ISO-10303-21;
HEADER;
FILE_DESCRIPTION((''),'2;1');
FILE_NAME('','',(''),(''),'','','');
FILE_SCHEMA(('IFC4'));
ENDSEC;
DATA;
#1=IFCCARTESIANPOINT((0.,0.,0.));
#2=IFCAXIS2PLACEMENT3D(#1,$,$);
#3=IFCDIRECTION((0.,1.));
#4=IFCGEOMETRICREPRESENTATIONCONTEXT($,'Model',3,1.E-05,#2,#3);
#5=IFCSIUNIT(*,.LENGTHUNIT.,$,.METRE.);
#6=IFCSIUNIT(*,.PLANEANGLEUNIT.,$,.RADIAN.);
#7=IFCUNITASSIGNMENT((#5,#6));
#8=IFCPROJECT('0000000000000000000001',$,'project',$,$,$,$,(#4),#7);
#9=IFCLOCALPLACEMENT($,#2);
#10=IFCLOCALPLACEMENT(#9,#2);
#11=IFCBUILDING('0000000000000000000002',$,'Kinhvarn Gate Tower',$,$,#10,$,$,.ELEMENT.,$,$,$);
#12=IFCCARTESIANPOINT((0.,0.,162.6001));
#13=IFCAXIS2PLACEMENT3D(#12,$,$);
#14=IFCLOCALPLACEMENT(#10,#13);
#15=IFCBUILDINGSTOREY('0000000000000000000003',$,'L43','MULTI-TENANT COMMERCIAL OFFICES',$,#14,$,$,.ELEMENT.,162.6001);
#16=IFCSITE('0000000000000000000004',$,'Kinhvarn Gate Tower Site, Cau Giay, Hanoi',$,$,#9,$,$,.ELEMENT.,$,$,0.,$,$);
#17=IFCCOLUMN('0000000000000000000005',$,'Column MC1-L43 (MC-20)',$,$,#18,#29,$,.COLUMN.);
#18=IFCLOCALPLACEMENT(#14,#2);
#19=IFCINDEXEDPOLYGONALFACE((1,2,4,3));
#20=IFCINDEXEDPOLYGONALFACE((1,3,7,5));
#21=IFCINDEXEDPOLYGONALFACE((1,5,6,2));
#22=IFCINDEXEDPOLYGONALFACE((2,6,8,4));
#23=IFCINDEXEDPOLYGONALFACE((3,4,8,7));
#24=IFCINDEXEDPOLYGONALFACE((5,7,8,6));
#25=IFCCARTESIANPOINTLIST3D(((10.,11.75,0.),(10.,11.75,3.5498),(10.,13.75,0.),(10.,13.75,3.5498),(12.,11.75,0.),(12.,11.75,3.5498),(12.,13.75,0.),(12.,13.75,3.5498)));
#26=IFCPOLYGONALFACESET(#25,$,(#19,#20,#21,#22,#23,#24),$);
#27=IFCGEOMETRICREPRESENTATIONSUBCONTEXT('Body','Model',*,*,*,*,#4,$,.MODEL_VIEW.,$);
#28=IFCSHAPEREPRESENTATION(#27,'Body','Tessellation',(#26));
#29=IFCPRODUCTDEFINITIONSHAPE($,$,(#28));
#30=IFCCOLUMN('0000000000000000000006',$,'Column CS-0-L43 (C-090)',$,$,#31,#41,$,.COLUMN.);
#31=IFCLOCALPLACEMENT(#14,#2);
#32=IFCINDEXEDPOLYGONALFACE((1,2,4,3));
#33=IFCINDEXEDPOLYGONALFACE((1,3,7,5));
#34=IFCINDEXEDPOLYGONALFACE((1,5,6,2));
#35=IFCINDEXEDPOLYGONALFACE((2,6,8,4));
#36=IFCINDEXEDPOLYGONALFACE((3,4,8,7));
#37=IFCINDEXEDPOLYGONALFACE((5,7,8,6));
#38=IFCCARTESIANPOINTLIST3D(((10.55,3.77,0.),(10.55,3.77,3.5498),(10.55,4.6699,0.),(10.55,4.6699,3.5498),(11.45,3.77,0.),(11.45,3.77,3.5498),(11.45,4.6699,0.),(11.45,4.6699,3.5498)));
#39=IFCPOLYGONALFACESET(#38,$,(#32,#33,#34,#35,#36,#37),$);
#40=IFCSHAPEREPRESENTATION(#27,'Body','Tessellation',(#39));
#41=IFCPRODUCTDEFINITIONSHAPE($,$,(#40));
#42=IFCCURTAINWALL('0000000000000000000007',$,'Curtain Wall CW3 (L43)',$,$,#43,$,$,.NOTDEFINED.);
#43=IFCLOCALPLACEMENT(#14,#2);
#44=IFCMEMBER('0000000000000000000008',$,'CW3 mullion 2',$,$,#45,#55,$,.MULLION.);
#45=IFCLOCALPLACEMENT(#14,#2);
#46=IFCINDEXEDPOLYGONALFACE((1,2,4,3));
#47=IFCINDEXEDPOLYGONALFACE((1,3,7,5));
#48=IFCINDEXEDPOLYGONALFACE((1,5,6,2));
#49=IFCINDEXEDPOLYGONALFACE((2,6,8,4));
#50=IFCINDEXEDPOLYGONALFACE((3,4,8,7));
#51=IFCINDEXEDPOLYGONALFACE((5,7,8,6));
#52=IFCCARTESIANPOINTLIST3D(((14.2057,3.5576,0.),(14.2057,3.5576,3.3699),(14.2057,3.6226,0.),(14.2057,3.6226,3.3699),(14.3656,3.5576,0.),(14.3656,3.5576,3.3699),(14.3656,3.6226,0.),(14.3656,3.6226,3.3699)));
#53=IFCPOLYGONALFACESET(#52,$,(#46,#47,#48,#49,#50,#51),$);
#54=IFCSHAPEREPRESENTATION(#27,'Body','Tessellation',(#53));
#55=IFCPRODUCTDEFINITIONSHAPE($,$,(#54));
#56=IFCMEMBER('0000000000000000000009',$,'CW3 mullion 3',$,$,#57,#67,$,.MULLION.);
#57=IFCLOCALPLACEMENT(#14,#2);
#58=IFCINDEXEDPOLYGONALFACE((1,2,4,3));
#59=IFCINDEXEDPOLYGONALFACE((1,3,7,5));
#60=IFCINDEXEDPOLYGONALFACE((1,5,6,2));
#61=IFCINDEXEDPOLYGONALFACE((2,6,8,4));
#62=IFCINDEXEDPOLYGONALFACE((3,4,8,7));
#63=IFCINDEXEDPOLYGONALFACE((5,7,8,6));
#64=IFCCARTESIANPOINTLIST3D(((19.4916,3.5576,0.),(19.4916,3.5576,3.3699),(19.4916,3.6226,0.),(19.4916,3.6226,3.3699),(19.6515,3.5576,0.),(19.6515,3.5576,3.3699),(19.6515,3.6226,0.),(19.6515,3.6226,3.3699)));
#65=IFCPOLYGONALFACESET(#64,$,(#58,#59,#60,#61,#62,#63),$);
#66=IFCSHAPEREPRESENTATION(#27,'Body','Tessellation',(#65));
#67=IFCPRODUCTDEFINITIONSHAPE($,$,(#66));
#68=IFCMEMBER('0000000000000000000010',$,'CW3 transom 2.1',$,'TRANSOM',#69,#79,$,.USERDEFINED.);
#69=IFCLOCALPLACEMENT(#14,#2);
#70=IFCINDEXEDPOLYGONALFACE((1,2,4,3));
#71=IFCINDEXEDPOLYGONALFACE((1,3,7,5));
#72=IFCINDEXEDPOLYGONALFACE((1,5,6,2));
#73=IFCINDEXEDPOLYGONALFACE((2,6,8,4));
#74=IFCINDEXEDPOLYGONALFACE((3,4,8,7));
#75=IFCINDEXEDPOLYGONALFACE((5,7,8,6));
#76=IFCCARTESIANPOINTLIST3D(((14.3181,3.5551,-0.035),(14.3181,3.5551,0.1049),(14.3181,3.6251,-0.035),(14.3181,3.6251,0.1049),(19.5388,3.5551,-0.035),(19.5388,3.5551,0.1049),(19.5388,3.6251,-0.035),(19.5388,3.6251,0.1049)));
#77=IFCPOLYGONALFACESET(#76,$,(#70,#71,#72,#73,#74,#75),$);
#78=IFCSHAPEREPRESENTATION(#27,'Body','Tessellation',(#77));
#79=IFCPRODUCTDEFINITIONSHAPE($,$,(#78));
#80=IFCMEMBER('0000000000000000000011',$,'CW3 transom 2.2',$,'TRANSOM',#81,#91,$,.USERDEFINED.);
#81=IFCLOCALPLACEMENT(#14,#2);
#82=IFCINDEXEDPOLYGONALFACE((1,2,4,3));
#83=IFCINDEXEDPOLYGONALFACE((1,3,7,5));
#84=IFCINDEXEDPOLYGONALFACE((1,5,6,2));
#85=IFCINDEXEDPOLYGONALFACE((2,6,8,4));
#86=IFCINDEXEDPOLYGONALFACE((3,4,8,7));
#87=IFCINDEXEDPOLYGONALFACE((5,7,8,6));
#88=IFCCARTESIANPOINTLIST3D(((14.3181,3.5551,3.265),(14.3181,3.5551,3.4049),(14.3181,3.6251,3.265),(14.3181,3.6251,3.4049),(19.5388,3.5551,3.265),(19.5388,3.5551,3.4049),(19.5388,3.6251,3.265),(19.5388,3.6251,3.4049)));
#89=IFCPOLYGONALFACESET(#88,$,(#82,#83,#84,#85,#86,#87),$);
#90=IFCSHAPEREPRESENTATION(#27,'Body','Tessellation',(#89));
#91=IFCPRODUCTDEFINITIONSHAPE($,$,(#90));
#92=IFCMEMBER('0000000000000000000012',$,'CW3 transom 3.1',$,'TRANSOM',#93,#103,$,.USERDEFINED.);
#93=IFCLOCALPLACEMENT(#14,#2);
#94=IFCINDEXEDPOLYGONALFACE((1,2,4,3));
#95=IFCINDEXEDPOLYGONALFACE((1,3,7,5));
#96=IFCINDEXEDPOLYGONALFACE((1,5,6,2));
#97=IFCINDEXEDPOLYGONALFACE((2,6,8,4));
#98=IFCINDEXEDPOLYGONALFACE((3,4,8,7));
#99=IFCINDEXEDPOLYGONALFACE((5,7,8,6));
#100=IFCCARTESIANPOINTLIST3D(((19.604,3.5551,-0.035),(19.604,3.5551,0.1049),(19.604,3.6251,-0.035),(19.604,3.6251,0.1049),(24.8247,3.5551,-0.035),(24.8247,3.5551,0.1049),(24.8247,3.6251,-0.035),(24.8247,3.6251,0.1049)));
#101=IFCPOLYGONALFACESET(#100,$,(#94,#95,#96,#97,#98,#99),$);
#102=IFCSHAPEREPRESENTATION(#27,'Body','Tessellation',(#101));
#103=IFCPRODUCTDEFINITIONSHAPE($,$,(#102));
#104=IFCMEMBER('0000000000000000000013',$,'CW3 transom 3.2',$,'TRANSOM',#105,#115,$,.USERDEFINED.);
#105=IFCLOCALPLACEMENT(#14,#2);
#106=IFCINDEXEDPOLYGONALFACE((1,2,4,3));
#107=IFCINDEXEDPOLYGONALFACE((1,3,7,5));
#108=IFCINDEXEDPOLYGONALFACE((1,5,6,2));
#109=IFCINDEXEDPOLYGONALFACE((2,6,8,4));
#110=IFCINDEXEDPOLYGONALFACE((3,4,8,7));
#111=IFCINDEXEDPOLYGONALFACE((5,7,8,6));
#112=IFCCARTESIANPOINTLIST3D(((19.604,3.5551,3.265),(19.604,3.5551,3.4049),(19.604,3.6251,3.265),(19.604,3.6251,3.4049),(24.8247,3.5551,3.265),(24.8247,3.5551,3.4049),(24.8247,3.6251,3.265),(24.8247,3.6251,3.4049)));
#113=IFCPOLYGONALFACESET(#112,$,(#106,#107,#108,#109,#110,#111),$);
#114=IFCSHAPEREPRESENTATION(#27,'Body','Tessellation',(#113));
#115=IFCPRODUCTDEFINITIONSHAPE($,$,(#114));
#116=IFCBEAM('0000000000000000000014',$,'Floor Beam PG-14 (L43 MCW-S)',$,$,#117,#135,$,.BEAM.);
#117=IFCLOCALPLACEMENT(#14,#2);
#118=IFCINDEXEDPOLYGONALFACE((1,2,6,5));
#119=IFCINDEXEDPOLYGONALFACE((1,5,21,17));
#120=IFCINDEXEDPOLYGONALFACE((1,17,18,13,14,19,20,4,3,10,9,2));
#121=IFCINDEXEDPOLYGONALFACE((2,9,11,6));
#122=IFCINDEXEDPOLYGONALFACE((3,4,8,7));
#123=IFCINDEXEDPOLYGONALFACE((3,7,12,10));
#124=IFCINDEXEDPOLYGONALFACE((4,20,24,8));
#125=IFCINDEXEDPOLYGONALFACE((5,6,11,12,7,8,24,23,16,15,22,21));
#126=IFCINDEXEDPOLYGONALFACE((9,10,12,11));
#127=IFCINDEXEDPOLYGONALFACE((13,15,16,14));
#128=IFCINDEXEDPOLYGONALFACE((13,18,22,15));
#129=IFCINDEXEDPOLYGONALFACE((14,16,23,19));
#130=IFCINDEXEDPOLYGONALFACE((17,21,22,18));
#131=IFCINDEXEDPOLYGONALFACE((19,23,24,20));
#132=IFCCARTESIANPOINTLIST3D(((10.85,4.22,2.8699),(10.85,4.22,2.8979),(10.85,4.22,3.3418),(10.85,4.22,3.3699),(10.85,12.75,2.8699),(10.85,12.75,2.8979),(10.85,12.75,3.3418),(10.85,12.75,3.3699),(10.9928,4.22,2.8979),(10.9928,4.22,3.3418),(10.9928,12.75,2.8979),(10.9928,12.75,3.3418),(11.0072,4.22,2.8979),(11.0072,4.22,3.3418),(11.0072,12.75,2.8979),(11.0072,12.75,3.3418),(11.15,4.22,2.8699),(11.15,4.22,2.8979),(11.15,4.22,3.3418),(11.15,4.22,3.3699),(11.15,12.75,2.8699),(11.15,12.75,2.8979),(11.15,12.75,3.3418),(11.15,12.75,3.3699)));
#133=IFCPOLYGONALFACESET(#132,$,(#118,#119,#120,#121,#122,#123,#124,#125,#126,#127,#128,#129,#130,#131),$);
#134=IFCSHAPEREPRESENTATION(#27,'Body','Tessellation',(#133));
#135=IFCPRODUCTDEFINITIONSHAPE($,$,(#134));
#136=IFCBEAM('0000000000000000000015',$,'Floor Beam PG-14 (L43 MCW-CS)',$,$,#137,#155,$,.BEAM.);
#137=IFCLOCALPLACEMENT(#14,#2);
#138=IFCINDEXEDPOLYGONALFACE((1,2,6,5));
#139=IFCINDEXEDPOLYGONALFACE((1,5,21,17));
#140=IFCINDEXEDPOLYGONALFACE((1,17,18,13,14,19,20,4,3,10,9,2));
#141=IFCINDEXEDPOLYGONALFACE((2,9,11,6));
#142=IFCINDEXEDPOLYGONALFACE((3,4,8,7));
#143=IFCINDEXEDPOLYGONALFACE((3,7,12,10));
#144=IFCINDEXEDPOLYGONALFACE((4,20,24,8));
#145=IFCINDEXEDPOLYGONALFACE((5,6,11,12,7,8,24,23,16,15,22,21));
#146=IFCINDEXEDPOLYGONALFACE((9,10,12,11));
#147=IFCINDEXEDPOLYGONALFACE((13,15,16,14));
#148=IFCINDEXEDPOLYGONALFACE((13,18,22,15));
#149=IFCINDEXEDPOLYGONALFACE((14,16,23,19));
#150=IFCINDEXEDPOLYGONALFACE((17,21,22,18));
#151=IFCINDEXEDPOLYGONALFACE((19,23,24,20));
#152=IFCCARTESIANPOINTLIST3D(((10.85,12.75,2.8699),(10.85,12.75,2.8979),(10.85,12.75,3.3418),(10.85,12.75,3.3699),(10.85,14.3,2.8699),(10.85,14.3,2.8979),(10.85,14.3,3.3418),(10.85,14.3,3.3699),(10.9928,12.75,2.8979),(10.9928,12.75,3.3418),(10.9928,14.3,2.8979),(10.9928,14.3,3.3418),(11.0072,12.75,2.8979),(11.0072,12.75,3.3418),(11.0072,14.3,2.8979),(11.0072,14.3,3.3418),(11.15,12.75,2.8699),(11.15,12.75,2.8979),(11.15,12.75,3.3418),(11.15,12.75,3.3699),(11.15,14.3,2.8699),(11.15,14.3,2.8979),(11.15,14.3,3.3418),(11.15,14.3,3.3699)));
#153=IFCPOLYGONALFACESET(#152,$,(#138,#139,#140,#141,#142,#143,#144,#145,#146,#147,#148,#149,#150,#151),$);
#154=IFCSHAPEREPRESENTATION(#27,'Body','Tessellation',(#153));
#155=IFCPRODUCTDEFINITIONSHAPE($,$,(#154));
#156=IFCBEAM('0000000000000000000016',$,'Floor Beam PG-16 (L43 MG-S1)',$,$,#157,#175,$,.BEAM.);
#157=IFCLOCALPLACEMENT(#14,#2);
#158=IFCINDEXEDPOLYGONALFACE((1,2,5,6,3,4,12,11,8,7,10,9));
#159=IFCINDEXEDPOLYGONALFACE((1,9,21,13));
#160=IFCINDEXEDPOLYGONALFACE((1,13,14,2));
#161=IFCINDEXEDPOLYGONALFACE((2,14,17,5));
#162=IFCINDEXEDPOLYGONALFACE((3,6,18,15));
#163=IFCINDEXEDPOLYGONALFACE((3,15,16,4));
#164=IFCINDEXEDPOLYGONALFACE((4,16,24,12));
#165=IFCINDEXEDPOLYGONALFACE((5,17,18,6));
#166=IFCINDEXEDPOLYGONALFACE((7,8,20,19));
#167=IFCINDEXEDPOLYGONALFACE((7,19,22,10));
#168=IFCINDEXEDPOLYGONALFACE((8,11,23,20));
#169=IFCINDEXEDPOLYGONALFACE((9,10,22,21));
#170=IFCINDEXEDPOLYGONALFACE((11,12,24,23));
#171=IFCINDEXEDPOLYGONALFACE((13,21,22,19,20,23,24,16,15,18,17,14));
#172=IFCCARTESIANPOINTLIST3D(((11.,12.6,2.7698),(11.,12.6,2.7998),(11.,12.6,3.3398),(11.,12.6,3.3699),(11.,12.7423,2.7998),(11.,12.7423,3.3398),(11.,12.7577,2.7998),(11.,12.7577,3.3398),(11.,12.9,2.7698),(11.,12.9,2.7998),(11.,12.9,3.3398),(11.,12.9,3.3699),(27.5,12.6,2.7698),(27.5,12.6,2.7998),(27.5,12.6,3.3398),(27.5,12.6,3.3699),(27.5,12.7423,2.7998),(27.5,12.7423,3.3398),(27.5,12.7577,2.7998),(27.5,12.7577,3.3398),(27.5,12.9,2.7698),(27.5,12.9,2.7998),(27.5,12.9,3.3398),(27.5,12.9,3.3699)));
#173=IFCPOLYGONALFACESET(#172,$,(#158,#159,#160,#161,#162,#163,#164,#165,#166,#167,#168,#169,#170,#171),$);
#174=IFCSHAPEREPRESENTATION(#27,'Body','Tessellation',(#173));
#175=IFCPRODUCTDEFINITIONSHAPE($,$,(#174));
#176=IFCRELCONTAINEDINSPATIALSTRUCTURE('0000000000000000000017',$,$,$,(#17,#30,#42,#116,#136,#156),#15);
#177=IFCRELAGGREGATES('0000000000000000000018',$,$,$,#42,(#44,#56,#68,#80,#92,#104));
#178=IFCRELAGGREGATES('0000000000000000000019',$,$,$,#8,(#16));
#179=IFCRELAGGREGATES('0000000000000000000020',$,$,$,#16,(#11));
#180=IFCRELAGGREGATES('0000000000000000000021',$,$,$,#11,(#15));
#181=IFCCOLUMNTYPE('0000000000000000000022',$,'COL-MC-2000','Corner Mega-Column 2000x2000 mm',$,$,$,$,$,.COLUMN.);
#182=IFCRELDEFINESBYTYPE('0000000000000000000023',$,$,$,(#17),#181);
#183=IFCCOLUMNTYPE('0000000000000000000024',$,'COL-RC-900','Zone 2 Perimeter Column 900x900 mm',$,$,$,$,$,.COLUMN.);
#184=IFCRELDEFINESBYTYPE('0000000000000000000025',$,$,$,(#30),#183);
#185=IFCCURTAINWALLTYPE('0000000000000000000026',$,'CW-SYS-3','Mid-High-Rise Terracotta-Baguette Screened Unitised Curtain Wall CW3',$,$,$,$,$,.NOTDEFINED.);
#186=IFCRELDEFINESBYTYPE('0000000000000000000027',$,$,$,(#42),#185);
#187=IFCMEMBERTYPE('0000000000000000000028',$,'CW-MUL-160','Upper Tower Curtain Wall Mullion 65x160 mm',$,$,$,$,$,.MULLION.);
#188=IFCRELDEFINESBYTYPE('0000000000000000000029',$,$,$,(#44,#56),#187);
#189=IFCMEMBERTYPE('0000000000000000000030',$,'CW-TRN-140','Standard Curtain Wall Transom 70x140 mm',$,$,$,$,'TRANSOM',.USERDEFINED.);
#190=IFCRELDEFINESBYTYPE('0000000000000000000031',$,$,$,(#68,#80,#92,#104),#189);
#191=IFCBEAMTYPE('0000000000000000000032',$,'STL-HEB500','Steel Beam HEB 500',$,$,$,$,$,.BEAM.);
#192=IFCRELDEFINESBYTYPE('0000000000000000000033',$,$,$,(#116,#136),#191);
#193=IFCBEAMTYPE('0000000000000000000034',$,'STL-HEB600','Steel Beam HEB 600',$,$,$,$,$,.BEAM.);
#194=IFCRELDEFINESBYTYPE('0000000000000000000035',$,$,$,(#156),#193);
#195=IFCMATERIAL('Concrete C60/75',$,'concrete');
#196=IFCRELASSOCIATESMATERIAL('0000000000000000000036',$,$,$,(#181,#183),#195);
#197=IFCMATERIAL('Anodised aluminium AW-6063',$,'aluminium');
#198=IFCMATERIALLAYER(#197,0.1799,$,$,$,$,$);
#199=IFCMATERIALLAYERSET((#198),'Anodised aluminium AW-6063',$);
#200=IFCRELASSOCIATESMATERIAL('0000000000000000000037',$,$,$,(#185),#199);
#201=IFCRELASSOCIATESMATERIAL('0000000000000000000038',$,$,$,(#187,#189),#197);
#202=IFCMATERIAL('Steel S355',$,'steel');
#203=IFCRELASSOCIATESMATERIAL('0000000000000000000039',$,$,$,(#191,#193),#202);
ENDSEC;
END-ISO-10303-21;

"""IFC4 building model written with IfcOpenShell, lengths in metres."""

from ifc_helpers import new_model, si_unit, direction, frame, origin, origin_2d, place, context, subcontext, project, spatial, rectangle, i_section, extrude, material, layer, layer_set, material_profile, profile_set, type_object, element, aggregate, save


model = new_model("IFC4")

# Units and contexts
model_context = context("Model", 3, precision=1e-05, world=origin(), true_north=direction((0.0, 1.0)))
body_context = subcontext(model_context, "Body", "Model", "MODEL_VIEW")
ifc_project = project(units=[si_unit("LENGTHUNIT", "METRE"), si_unit("PLANEANGLEUNIT", "RADIAN")], contexts=[model_context])

# Site, building, storey
site_placement = place(None, origin())
site = spatial("IfcSite", under=ifc_project, at=site_placement, Name="Kinhvarn Gate Tower Site, Cau Giay, Hanoi", CompositionType="ELEMENT", RefElevation=0.0)
building_placement = place(site_placement, origin())
building = spatial("IfcBuilding", under=site, at=building_placement, Name="Kinhvarn Gate Tower", CompositionType="ELEMENT")
storey_placement = place(building_placement, frame((0.0, 0.0, 162.6001)))
storey = spatial("IfcBuildingStorey", under=building, at=storey_placement, Name="L43", Description="MULTI-TENANT COMMERCIAL OFFICES", CompositionType="ELEMENT", Elevation=162.6001)

# Columns
ifc_material_1 = material(Name="Concrete C60/75", Category="concrete")
ifc_material_profile_1 = material_profile(ifc_material_1, rectangle(XDim=2.0, YDim=2.0, at=origin_2d()), Name="RC 2000x2000")
ifc_profile_set_1 = profile_set([ifc_material_profile_1], Name="Concrete C60/75")
column_type_1 = type_object("IfcColumnType", Name="COL-MC-2000", Description="Corner Mega-Column 2000x2000 mm", PredefinedType="COLUMN", material=ifc_profile_set_1)
column_1_placement = place(storey_placement, frame((11.0, 12.75, 0.0), z_axis=(0.0, 0.0, 1.0), x_axis=(1.0, 0.0, 0.0)))
element("IfcColumn", 1, at=column_1_placement, inside=storey, type_object=column_type_1, Name="Column MC1-L43 (MC-20)", PredefinedType="COLUMN", context=body_context, shape_type="SweptSolid", body=[
    extrude(rectangle(XDim=2.0, YDim=2.0, at=origin_2d()), origin(), (0.0, 0.0, 1.0), 3.5498),
])
ifc_material_profile_2 = material_profile(ifc_material_1, rectangle(XDim=0.8999, YDim=0.8999, at=origin_2d()), Name="RC 900x900")
ifc_profile_set_2 = profile_set([ifc_material_profile_2], Name="Concrete C60/75")
column_type_2 = type_object("IfcColumnType", Name="COL-RC-900", Description="Zone 2 Perimeter Column 900x900 mm", PredefinedType="COLUMN", material=ifc_profile_set_2)
column_2_placement = place(storey_placement, frame((11.0, 4.22, 0.0), z_axis=(0.0, 0.0, 1.0), x_axis=(1.0, 0.0, 0.0)))
element("IfcColumn", 2, at=column_2_placement, inside=storey, type_object=column_type_2, Name="Column CS-0-L43 (C-090)", PredefinedType="COLUMN", context=body_context, shape_type="SweptSolid", body=[
    extrude(rectangle(XDim=0.8999, YDim=0.8999, at=origin_2d()), origin(), (0.0, 0.0, 1.0), 3.5498),
])

# Curtain wall, members
ifc_material_2 = material(Name="Anodised aluminium AW-6063", Category="aluminium")
ifc_layer_1 = layer(ifc_material_2, 0.1799)
ifc_layer_set_1 = layer_set([ifc_layer_1], Name="Anodised aluminium AW-6063")
curtain_wall_type = type_object("IfcCurtainWallType", Name="CW-SYS-3", Description="Mid-High-Rise Terracotta-Baguette Screened Unitised Curtain Wall CW3", PredefinedType="NOTDEFINED", material=ifc_layer_set_1)
curtain_wall_placement = place(storey_placement, origin())
curtain_wall = element("IfcCurtainWall", 3, at=curtain_wall_placement, inside=storey, type_object=curtain_wall_type, Name="Curtain Wall CW3 (L43)", PredefinedType="NOTDEFINED")
ifc_material_profile_3 = material_profile(ifc_material_2, rectangle(XDim=0.0649, YDim=0.1599, at=origin_2d()), Name="ALU 65x160")
ifc_profile_set_3 = profile_set([ifc_material_profile_3], Name="Anodised aluminium AW-6063")
member_type_1 = type_object("IfcMemberType", Name="CW-MUL-160", Description="Upper Tower Curtain Wall Mullion 65x160 mm", PredefinedType="MULLION", material=ifc_profile_set_3)
member_1_placement = place(storey_placement, frame((14.2856, 3.5901, 0.0), z_axis=(0.0, 0.0, 1.0), x_axis=(0.0, 1.0, 0.0)))
member_1 = element("IfcMember", 4, at=member_1_placement, type_object=member_type_1, Name="CW3 mullion 2", PredefinedType="MULLION", context=body_context, shape_type="SweptSolid", body=[
    extrude(rectangle(XDim=0.0649, YDim=0.1599, at=origin_2d()), origin(), (0.0, 0.0, 1.0), 3.3699),
])
member_2_placement = place(storey_placement, frame((19.5715, 3.5901, 0.0), z_axis=(0.0, 0.0, 1.0), x_axis=(0.0, 1.0, 0.0)))
member_2 = element("IfcMember", 5, at=member_2_placement, type_object=member_type_1, Name="CW3 mullion 3", PredefinedType="MULLION", context=body_context, shape_type="SweptSolid", body=[
    extrude(rectangle(XDim=0.0649, YDim=0.1599, at=origin_2d()), origin(), (0.0, 0.0, 1.0), 3.3699),
])
ifc_material_profile_4 = material_profile(ifc_material_2, rectangle(XDim=0.0701, YDim=0.1399, at=origin_2d()), Name="ALU 70x140")
ifc_profile_set_4 = profile_set([ifc_material_profile_4], Name="Anodised aluminium AW-6063")
member_type_2 = type_object("IfcMemberType", Name="CW-TRN-140", Description="Standard Curtain Wall Transom 70x140 mm", ElementType="TRANSOM", PredefinedType="USERDEFINED", material=ifc_profile_set_4)
member_3_placement = place(storey_placement, frame((14.3181, 3.5901, 0.0349), z_axis=(1.0, 0.0, 0.0), x_axis=(0.0, 1.0, 0.0)))
member_3 = element("IfcMember", 6, at=member_3_placement, type_object=member_type_2, Name="CW3 transom 2.1", ObjectType="TRANSOM", PredefinedType="USERDEFINED", context=body_context, shape_type="SweptSolid", body=[
    extrude(rectangle(XDim=0.0701, YDim=0.1399, at=origin_2d()), origin(), (0.0, 0.0, 1.0), 5.2207),
])
member_4_placement = place(storey_placement, frame((14.3181, 3.5901, 3.335), z_axis=(1.0, 0.0, 0.0), x_axis=(0.0, 1.0, 0.0)))
member_4 = element("IfcMember", 7, at=member_4_placement, type_object=member_type_2, Name="CW3 transom 2.2", ObjectType="TRANSOM", PredefinedType="USERDEFINED", context=body_context, shape_type="SweptSolid", body=[
    extrude(rectangle(XDim=0.0701, YDim=0.1399, at=origin_2d()), origin(), (0.0, 0.0, 1.0), 5.2207),
])
member_5_placement = place(storey_placement, frame((19.604, 3.5901, 0.0349), z_axis=(1.0, 0.0, 0.0), x_axis=(0.0, 1.0, 0.0)))
member_5 = element("IfcMember", 8, at=member_5_placement, type_object=member_type_2, Name="CW3 transom 3.1", ObjectType="TRANSOM", PredefinedType="USERDEFINED", context=body_context, shape_type="SweptSolid", body=[
    extrude(rectangle(XDim=0.0701, YDim=0.1399, at=origin_2d()), origin(), (0.0, 0.0, 1.0), 5.2207),
])
member_6_placement = place(storey_placement, frame((19.604, 3.5901, 3.335), z_axis=(1.0, 0.0, 0.0), x_axis=(0.0, 1.0, 0.0)))
member_6 = element("IfcMember", 9, at=member_6_placement, type_object=member_type_2, Name="CW3 transom 3.2", ObjectType="TRANSOM", PredefinedType="USERDEFINED", context=body_context, shape_type="SweptSolid", body=[
    extrude(rectangle(XDim=0.0701, YDim=0.1399, at=origin_2d()), origin(), (0.0, 0.0, 1.0), 5.2207),
])

# Beams
ifc_material_3 = material(Name="Steel S355", Category="steel")
ifc_material_profile_5 = material_profile(ifc_material_3, i_section(OverallWidth=0.3, OverallDepth=0.5, WebThickness=0.0144, FlangeThickness=0.0281, at=origin_2d()), Name="HEB 500")
ifc_profile_set_5 = profile_set([ifc_material_profile_5], Name="Steel S355")
beam_type_1 = type_object("IfcBeamType", Name="STL-HEB500", Description="Steel Beam HEB 500", PredefinedType="BEAM", material=ifc_profile_set_5)
beam_1_placement = place(storey_placement, frame((11.0, 4.22, 3.1199), z_axis=(0.0, 1.0, 0.0), x_axis=(-1.0, 0.0, 0.0)))
element("IfcBeam", 10, at=beam_1_placement, inside=storey, type_object=beam_type_1, Name="Floor Beam PG-14 (L43 MCW-S)", PredefinedType="BEAM", context=body_context, shape_type="SweptSolid", body=[
    extrude(i_section(OverallWidth=0.3, OverallDepth=0.5, WebThickness=0.0144, FlangeThickness=0.0281, at=origin_2d()), origin(), (0.0, 0.0, 1.0), 8.53),
])
beam_2_placement = place(storey_placement, frame((11.0, 12.75, 3.1199), z_axis=(0.0, 1.0, 0.0), x_axis=(-1.0, 0.0, 0.0)))
element("IfcBeam", 11, at=beam_2_placement, inside=storey, type_object=beam_type_1, Name="Floor Beam PG-14 (L43 MCW-CS)", PredefinedType="BEAM", context=body_context, shape_type="SweptSolid", body=[
    extrude(i_section(OverallWidth=0.3, OverallDepth=0.5, WebThickness=0.0144, FlangeThickness=0.0281, at=origin_2d()), origin(), (0.0, 0.0, 1.0), 1.55),
])
ifc_material_profile_6 = material_profile(ifc_material_3, i_section(OverallWidth=0.3, OverallDepth=0.6001, WebThickness=0.0154, FlangeThickness=0.03, at=origin_2d()), Name="HEB 600")
ifc_profile_set_6 = profile_set([ifc_material_profile_6], Name="Steel S355")
beam_type_2 = type_object("IfcBeamType", Name="STL-HEB600", Description="Steel Beam HEB 600", PredefinedType="BEAM", material=ifc_profile_set_6)
beam_3_placement = place(storey_placement, frame((11.0, 12.75, 3.0698), z_axis=(1.0, 0.0, 0.0), x_axis=(0.0, 1.0, 0.0)))
element("IfcBeam", 12, at=beam_3_placement, inside=storey, type_object=beam_type_2, Name="Floor Beam PG-16 (L43 MG-S1)", PredefinedType="BEAM", context=body_context, shape_type="SweptSolid", body=[
    extrude(i_section(OverallWidth=0.3, OverallDepth=0.6001, WebThickness=0.0154, FlangeThickness=0.03, at=origin_2d()), origin(), (0.0, 0.0, 1.0), 16.5),
])

aggregate(curtain_wall, [member_1, member_2, member_3, member_4, member_5, member_6])

save(model, "model.ifc")
